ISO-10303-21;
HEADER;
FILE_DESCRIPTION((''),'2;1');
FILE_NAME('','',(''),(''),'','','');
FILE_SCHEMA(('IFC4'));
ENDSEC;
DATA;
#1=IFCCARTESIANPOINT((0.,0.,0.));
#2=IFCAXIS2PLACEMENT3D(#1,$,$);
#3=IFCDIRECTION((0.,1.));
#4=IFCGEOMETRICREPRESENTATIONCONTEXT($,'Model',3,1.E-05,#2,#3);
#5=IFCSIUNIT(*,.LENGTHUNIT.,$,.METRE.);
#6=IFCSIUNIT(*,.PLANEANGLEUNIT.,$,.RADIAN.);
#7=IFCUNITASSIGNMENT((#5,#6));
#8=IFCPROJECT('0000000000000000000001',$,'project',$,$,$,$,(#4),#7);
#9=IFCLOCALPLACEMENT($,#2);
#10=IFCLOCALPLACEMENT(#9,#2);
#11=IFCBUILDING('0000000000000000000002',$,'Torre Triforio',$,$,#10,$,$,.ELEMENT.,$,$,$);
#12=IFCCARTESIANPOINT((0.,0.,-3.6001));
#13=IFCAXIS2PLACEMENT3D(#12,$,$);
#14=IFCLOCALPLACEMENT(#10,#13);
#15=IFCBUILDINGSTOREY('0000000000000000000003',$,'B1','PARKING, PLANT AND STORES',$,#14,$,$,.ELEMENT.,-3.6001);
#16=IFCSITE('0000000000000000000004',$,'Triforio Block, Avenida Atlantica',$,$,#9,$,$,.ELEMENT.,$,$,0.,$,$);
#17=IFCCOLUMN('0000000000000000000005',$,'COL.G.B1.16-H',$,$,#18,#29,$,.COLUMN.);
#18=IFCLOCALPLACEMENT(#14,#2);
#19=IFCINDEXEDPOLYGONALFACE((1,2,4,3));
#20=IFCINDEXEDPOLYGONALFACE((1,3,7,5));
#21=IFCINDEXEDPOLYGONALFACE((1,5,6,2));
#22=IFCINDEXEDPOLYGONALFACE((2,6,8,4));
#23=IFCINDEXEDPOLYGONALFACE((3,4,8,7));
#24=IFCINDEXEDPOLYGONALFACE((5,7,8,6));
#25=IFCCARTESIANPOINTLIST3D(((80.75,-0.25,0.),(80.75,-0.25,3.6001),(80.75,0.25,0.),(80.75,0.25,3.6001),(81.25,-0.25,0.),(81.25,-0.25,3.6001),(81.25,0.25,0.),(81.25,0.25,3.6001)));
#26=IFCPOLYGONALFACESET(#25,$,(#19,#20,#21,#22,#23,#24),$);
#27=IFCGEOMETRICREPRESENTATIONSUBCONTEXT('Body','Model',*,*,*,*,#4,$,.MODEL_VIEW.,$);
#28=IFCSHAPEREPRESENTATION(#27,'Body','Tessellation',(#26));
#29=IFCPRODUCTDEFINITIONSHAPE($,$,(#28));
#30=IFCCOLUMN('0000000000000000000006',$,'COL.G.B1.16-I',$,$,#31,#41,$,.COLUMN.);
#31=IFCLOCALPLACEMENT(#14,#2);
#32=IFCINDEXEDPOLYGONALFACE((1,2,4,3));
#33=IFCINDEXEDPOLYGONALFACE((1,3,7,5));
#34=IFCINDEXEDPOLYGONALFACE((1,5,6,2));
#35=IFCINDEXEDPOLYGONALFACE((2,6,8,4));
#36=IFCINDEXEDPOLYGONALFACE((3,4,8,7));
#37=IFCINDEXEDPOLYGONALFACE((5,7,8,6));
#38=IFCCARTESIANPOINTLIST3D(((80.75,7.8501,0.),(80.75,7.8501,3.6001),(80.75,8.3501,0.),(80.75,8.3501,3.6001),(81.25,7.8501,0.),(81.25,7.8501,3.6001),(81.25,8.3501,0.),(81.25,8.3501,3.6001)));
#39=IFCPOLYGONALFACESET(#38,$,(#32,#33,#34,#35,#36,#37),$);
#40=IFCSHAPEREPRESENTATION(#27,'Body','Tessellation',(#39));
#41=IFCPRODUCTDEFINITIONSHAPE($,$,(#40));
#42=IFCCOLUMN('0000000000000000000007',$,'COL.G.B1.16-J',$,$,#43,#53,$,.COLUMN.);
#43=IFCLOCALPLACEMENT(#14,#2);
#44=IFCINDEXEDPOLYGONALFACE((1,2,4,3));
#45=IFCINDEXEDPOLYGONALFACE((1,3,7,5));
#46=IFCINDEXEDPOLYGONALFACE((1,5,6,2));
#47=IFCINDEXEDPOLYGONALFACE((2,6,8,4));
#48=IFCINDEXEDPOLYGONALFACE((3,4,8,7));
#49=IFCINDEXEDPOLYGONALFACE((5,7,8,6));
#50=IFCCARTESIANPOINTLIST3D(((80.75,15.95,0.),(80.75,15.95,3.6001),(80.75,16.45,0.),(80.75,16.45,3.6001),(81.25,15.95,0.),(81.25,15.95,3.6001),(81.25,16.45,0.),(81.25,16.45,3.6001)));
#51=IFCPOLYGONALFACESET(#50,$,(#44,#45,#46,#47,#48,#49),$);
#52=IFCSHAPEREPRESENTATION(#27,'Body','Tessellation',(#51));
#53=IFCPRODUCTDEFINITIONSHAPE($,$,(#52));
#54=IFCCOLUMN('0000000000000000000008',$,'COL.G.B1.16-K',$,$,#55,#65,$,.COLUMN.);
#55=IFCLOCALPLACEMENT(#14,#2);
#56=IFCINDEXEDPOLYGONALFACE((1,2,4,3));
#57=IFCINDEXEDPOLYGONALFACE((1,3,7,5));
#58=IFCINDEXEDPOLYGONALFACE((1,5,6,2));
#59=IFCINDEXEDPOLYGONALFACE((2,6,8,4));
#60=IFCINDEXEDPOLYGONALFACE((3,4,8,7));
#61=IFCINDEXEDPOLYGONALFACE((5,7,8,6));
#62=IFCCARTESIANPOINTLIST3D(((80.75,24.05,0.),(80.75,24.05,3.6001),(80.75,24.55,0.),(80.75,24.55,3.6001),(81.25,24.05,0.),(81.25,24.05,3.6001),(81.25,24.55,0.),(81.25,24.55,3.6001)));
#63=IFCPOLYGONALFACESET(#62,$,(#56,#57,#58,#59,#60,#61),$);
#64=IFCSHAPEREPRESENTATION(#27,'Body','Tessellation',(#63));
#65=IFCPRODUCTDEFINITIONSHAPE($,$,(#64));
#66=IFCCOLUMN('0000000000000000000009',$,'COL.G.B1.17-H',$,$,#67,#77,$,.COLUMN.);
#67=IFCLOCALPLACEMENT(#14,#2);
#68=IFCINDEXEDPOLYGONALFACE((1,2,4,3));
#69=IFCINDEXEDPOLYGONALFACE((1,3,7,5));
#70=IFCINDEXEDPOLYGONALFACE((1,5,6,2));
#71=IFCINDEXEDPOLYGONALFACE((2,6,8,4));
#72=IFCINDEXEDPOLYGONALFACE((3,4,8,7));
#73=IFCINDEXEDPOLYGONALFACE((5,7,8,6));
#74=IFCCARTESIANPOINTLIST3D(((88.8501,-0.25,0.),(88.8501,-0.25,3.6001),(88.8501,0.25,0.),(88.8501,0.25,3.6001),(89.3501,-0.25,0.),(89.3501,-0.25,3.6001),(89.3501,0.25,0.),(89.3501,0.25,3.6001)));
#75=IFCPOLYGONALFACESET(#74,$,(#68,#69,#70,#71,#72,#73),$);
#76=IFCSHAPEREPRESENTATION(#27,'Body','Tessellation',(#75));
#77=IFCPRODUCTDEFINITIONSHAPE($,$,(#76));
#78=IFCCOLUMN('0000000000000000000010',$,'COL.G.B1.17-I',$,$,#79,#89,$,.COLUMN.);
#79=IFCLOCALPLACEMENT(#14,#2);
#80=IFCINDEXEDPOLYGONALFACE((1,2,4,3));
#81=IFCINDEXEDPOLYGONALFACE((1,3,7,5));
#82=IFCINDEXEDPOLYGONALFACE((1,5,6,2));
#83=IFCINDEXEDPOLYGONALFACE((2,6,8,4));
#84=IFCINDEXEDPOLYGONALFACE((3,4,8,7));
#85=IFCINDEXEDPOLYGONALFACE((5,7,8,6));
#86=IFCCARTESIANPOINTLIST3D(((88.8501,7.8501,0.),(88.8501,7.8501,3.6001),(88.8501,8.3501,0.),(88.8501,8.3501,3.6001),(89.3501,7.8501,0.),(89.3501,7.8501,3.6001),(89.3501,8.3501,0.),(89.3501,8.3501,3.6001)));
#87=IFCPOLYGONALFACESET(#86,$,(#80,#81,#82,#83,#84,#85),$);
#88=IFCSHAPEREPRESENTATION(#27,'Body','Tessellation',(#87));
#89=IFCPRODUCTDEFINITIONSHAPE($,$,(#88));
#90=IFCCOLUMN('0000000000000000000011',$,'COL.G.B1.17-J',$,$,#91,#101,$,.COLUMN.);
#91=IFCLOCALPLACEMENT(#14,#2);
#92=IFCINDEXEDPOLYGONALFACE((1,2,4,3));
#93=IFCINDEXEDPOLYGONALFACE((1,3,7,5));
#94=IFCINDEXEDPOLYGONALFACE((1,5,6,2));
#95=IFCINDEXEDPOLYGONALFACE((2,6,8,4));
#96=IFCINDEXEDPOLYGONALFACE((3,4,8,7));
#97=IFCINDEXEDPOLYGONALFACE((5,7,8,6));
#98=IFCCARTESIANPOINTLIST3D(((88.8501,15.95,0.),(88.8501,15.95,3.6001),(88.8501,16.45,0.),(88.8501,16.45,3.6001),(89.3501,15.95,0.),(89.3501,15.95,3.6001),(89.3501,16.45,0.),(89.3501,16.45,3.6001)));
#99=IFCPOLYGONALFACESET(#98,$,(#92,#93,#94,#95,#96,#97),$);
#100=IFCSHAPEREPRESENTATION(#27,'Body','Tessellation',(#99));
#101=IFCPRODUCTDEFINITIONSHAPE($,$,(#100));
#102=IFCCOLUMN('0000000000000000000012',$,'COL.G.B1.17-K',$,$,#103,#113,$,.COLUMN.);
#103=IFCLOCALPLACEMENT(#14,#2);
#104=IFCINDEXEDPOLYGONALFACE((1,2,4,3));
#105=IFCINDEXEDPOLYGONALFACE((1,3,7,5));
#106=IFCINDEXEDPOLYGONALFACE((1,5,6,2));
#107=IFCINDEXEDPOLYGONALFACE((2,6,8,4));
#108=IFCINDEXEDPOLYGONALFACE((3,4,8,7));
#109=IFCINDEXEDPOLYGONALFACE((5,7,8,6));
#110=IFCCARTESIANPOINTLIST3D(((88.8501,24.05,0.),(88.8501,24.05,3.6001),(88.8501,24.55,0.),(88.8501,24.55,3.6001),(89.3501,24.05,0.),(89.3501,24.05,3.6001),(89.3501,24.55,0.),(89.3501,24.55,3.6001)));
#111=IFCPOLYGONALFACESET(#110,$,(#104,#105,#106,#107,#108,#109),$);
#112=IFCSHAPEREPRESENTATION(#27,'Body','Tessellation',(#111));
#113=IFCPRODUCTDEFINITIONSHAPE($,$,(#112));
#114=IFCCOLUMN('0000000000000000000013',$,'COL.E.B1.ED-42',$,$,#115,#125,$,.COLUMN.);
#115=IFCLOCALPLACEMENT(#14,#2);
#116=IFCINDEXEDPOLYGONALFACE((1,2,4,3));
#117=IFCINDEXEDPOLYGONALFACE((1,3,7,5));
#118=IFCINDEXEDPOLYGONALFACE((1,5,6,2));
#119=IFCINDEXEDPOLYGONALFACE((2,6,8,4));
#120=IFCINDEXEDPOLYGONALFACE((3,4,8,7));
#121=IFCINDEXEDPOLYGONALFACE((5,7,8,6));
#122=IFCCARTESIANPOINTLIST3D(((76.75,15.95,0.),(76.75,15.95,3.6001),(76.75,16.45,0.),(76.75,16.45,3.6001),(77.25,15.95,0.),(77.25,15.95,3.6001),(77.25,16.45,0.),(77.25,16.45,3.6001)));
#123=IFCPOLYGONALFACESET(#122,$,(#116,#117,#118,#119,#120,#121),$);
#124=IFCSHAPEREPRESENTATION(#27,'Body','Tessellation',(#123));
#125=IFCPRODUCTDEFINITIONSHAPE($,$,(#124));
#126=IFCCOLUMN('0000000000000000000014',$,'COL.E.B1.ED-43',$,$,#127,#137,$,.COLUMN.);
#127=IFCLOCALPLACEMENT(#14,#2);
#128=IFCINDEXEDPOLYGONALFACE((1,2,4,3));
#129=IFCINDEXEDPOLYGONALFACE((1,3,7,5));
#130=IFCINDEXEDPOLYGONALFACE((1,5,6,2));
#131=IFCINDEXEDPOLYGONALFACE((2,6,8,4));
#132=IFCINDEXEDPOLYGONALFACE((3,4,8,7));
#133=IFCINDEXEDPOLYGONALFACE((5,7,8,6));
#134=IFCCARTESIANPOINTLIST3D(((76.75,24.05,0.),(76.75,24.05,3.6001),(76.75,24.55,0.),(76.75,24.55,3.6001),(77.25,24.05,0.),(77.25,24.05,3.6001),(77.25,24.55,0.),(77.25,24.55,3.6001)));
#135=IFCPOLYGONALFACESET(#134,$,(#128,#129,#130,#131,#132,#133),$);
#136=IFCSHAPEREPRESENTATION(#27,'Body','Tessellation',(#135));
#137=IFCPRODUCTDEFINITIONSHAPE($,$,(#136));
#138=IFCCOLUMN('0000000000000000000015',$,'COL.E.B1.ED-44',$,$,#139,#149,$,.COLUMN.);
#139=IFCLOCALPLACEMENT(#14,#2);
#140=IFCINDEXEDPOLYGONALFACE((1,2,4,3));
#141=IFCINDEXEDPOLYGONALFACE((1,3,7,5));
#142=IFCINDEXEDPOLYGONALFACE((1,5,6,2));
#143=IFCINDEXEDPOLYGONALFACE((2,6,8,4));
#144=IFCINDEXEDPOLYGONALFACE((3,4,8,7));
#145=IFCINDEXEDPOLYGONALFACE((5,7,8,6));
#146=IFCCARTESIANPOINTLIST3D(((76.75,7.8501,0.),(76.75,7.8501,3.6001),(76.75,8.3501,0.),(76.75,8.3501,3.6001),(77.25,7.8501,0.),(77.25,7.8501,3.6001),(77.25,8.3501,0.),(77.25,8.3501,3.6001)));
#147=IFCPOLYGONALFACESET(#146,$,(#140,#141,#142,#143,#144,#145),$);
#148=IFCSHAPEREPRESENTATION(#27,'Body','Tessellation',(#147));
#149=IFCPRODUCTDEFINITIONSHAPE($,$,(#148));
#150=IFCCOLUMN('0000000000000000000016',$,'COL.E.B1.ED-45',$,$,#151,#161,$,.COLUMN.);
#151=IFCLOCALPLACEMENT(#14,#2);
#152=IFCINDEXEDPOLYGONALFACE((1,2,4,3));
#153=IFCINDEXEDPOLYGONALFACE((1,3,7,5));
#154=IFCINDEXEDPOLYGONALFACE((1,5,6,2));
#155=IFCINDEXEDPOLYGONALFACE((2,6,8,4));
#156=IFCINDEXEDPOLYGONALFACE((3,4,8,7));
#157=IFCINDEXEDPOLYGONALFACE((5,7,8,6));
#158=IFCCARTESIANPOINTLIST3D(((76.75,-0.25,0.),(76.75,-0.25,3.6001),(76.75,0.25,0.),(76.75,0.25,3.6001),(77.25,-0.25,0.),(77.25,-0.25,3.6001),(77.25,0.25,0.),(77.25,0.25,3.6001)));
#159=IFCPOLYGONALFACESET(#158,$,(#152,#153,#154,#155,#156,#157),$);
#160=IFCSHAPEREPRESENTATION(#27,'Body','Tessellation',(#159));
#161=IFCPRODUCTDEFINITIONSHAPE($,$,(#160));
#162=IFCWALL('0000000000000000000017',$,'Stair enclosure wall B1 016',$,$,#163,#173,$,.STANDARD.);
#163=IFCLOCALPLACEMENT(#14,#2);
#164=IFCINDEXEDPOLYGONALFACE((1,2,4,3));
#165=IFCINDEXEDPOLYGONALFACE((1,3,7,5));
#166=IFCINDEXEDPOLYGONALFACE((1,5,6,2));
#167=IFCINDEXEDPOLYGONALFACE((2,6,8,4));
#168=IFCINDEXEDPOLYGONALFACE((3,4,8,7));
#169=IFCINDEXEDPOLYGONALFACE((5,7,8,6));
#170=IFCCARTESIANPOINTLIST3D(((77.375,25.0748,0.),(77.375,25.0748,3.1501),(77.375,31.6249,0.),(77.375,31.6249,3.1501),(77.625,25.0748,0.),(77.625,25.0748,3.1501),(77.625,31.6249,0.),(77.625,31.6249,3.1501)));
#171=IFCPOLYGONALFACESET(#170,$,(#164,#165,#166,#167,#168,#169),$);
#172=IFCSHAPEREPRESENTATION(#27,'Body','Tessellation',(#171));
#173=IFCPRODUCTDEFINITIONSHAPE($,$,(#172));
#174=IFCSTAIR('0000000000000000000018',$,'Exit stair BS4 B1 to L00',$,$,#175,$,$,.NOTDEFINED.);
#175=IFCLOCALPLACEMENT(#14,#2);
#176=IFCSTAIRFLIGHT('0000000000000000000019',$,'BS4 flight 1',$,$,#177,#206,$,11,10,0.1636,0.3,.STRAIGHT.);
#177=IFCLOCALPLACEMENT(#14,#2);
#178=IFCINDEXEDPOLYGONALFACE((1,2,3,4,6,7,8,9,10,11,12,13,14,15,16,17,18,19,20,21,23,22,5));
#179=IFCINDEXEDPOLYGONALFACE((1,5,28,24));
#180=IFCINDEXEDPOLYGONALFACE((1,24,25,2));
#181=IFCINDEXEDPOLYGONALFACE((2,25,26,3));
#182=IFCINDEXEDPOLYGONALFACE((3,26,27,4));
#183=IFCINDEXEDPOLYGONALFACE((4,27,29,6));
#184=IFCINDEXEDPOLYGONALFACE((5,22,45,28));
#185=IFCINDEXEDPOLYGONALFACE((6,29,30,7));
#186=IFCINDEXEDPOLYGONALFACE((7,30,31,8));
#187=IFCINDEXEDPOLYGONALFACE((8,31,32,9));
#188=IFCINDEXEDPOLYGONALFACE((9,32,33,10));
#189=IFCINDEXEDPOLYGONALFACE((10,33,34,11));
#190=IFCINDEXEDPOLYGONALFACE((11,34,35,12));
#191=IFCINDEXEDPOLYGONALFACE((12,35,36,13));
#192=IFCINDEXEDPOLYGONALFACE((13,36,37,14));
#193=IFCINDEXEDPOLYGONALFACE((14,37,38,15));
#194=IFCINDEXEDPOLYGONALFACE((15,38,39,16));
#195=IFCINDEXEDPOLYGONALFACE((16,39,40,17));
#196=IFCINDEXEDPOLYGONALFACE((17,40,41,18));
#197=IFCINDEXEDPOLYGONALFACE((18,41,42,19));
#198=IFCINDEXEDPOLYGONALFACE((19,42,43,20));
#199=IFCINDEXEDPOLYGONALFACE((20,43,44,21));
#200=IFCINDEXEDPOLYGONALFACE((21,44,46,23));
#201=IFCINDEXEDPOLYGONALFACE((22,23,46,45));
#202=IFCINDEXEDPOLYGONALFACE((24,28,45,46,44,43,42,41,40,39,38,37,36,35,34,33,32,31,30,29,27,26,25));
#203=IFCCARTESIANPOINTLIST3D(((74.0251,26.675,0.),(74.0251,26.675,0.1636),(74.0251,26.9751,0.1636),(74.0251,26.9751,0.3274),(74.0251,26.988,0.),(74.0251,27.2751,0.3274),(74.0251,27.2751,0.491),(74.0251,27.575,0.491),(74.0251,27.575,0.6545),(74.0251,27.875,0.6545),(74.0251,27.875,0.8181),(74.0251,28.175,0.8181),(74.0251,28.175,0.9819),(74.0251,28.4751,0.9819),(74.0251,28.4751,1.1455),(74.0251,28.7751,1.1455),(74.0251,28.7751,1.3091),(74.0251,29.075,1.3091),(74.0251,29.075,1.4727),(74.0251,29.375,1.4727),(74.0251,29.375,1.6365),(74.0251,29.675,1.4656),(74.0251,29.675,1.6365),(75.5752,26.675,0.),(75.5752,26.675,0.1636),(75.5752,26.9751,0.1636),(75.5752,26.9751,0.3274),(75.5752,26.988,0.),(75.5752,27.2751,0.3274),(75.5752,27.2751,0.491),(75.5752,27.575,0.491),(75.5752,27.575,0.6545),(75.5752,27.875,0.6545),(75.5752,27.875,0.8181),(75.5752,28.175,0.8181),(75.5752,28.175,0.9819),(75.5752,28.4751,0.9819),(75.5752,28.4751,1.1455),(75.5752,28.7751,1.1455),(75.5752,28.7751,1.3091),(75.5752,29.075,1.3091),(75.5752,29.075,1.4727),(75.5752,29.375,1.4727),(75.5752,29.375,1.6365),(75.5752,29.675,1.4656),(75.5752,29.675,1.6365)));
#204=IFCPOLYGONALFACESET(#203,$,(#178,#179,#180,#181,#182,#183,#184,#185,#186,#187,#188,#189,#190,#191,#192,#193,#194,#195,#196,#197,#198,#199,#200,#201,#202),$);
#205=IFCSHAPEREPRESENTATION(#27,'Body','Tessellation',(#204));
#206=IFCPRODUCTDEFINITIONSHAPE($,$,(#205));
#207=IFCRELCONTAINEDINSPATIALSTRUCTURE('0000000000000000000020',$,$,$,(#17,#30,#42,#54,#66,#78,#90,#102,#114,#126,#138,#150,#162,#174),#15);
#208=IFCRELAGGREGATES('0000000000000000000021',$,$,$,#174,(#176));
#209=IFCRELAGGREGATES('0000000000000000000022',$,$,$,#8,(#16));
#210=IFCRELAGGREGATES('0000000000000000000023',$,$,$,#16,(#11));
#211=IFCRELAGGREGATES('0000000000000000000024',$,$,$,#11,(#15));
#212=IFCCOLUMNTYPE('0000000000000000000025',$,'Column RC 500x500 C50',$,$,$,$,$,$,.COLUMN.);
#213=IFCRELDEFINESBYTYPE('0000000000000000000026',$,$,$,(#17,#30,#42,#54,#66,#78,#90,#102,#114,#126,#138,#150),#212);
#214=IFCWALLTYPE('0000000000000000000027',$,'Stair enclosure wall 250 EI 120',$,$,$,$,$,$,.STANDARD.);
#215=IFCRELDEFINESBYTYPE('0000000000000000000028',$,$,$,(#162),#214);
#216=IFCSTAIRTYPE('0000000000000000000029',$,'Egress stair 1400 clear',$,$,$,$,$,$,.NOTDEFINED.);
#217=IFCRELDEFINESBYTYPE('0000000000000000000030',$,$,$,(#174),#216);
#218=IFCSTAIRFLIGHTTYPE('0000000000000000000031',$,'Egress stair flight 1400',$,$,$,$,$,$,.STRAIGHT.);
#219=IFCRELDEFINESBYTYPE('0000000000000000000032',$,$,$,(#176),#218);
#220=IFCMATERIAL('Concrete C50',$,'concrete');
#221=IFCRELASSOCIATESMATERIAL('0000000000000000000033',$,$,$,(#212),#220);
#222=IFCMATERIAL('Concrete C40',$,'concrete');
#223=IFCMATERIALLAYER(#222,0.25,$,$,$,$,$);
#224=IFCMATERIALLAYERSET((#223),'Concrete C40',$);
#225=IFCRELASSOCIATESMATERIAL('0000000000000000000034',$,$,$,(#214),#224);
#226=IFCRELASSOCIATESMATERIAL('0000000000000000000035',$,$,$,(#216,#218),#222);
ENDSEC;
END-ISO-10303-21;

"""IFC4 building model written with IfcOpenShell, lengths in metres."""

from ifc_helpers import new_model, si_unit, direction, frame, frame_2d, origin, origin_2d, place, context, subcontext, project, spatial, polyline, rectangle, outline, extrude, material, layer, layer_set, material_profile, profile_set, type_object, element, aggregate, save


model = new_model("IFC4")

# Units and contexts
model_context = context("Model", 3, precision=1e-05, world=origin(), true_north=direction((0.0, 1.0)))
body_context = subcontext(model_context, "Body", "Model", "MODEL_VIEW")
ifc_project = project(units=[si_unit("LENGTHUNIT", "METRE"), si_unit("PLANEANGLEUNIT", "RADIAN")], contexts=[model_context])

# Site, building, storey
site_placement = place(None, origin())
site = spatial("IfcSite", under=ifc_project, at=site_placement, Name="Triforio Block, Avenida Atlantica", CompositionType="ELEMENT", RefElevation=0.0)
building_placement = place(site_placement, origin())
building = spatial("IfcBuilding", under=site, at=building_placement, Name="Torre Triforio", CompositionType="ELEMENT")
storey_placement = place(building_placement, frame((0.0, 0.0, -3.6001)))
storey = spatial("IfcBuildingStorey", under=building, at=storey_placement, Name="B1", Description="PARKING, PLANT AND STORES", CompositionType="ELEMENT", Elevation=-3.6001)

# Columns
ifc_material_1 = material(Name="Concrete C50", Category="concrete")
ifc_material_profile = material_profile(ifc_material_1, rectangle(XDim=0.5, YDim=0.5, at=origin_2d()), Name="RC 500x500")
ifc_profile_set = profile_set([ifc_material_profile], Name="Concrete C50")
column_type = type_object("IfcColumnType", Name="Column RC 500x500 C50", PredefinedType="COLUMN", material=ifc_profile_set)
for number, where, z_axis, x_axis, name in (
    (1, (81.0, 0.0, 0.0), (0.0, 0.0, 1.0), (1.0, 0.0, 0.0), "COL.G.B1.16-H"),
    (2, (81.0, 8.1001, 0.0), (0.0, 0.0, 1.0), (1.0, 0.0, 0.0), "COL.G.B1.16-I"),
    (3, (81.0, 16.2, 0.0), (0.0, 0.0, 1.0), (1.0, 0.0, 0.0), "COL.G.B1.16-J"),
    (4, (81.0, 24.3, 0.0), (0.0, 0.0, 1.0), (1.0, 0.0, 0.0), "COL.G.B1.16-K"),
    (5, (89.1001, 0.0, 0.0), (0.0, 0.0, 1.0), (1.0, 0.0, 0.0), "COL.G.B1.17-H"),
    (6, (89.1001, 8.1001, 0.0), (0.0, 0.0, 1.0), (1.0, 0.0, 0.0), "COL.G.B1.17-I"),
    (7, (89.1001, 16.2, 0.0), (0.0, 0.0, 1.0), (1.0, 0.0, 0.0), "COL.G.B1.17-J"),
    (8, (89.1001, 24.3, 0.0), (0.0, 0.0, 1.0), (1.0, 0.0, 0.0), "COL.G.B1.17-K"),
    (9, (77.0, 16.2, 0.0), (0.0, 0.0, 1.0), (1.0, 0.0, 0.0), "COL.E.B1.ED-42"),
    (10, (77.0, 24.3, 0.0), (0.0, 0.0, 1.0), (1.0, 0.0, 0.0), "COL.E.B1.ED-43"),
    (11, (77.0, 8.1001, 0.0), (0.0, 0.0, 1.0), (1.0, 0.0, 0.0), "COL.E.B1.ED-44"),
    (12, (77.0, 0.0, 0.0), (0.0, 0.0, 1.0), (1.0, 0.0, 0.0), "COL.E.B1.ED-45"),
):
    element("IfcColumn", number, at=place(storey_placement, frame(where, z_axis=z_axis, x_axis=x_axis)), inside=storey, type_object=column_type, Name=name, PredefinedType="COLUMN", context=body_context, shape_type="SweptSolid", body=[
        extrude(rectangle(XDim=0.5, YDim=0.5, at=origin_2d()), origin(), (0.0, 0.0, 1.0), 3.6001),
    ])

# Wall
ifc_material_2 = material(Name="Concrete C40", Category="concrete")
ifc_layer = layer(ifc_material_2, 0.25)
ifc_layer_set = layer_set([ifc_layer], Name="Concrete C40")
wall_type = type_object("IfcWallType", Name="Stair enclosure wall 250 EI 120", PredefinedType="STANDARD", material=ifc_layer_set)
wall_placement = place(storey_placement, frame((77.5, 25.075, 0.0), z_axis=(0.0, 0.0, 1.0), x_axis=(0.0, 1.0, 0.0)))
element("IfcWall", 13, at=wall_placement, inside=storey, type_object=wall_type, Name="Stair enclosure wall B1 016", PredefinedType="STANDARD", context=body_context, shape_type="SweptSolid", body=[
    extrude(rectangle(XDim=6.55, YDim=0.25, at=frame_2d((3.2749, 0.0))), origin(), (0.0, 0.0, 1.0), 3.1501),
])

# Stair, stair flight
stair_type = type_object("IfcStairType", Name="Egress stair 1400 clear", PredefinedType="NOTDEFINED", material=ifc_material_2)
stair_placement = place(storey_placement, origin())
stair = element("IfcStair", 14, at=stair_placement, inside=storey, type_object=stair_type, Name="Exit stair BS4 B1 to L00", PredefinedType="NOTDEFINED")
stair_flight_type = type_object("IfcStairFlightType", Name="Egress stair flight 1400", PredefinedType="STRAIGHT", material=ifc_material_2)
stair_flight_placement = place(storey_placement, frame((74.8, 26.675, 0.0), z_axis=(0.0, 0.0, 1.0), x_axis=(0.0, 1.0, 0.0)))
stair_flight = element("IfcStairFlight", 15, at=stair_flight_placement, type_object=stair_flight_type, Name="BS4 flight 1", NumberOfRisers=11, NumberOfTreads=10, PredefinedType="STRAIGHT", RiserHeight=0.1636, TreadLength=0.3, context=body_context, shape_type="SweptSolid", body=[
    extrude(outline(polyline([(0.0, 0.0), (0.0, 0.1636), (0.3, 0.1636), (0.3, 0.3274), (0.6001, 0.3274), (0.6001, 0.491), (0.8999, 0.491), (0.8999, 0.6545), (1.2, 0.6545), (1.2, 0.8181), (1.5, 0.8181), (1.5, 0.9819), (1.8, 0.9819), (1.8, 1.1455), (2.1001, 1.1455), (2.1001, 1.3091), (2.3999, 1.3091), (2.3999, 1.4727), (2.7, 1.4727), (2.7, 1.6365), (3.0, 1.6365), (3.0, 1.8), (3.0, 1.4656), (0.313, 0.0), (0.0, 0.0)])), frame((0.0, 0.7749, 0.0), z_axis=(0.0, -1.0, 0.0), x_axis=(1.0, 0.0, 0.0)), (0.0, 0.0, 1.0), 1.55),
])
aggregate(stair, [stair_flight])

save(model, "model.ifc")
